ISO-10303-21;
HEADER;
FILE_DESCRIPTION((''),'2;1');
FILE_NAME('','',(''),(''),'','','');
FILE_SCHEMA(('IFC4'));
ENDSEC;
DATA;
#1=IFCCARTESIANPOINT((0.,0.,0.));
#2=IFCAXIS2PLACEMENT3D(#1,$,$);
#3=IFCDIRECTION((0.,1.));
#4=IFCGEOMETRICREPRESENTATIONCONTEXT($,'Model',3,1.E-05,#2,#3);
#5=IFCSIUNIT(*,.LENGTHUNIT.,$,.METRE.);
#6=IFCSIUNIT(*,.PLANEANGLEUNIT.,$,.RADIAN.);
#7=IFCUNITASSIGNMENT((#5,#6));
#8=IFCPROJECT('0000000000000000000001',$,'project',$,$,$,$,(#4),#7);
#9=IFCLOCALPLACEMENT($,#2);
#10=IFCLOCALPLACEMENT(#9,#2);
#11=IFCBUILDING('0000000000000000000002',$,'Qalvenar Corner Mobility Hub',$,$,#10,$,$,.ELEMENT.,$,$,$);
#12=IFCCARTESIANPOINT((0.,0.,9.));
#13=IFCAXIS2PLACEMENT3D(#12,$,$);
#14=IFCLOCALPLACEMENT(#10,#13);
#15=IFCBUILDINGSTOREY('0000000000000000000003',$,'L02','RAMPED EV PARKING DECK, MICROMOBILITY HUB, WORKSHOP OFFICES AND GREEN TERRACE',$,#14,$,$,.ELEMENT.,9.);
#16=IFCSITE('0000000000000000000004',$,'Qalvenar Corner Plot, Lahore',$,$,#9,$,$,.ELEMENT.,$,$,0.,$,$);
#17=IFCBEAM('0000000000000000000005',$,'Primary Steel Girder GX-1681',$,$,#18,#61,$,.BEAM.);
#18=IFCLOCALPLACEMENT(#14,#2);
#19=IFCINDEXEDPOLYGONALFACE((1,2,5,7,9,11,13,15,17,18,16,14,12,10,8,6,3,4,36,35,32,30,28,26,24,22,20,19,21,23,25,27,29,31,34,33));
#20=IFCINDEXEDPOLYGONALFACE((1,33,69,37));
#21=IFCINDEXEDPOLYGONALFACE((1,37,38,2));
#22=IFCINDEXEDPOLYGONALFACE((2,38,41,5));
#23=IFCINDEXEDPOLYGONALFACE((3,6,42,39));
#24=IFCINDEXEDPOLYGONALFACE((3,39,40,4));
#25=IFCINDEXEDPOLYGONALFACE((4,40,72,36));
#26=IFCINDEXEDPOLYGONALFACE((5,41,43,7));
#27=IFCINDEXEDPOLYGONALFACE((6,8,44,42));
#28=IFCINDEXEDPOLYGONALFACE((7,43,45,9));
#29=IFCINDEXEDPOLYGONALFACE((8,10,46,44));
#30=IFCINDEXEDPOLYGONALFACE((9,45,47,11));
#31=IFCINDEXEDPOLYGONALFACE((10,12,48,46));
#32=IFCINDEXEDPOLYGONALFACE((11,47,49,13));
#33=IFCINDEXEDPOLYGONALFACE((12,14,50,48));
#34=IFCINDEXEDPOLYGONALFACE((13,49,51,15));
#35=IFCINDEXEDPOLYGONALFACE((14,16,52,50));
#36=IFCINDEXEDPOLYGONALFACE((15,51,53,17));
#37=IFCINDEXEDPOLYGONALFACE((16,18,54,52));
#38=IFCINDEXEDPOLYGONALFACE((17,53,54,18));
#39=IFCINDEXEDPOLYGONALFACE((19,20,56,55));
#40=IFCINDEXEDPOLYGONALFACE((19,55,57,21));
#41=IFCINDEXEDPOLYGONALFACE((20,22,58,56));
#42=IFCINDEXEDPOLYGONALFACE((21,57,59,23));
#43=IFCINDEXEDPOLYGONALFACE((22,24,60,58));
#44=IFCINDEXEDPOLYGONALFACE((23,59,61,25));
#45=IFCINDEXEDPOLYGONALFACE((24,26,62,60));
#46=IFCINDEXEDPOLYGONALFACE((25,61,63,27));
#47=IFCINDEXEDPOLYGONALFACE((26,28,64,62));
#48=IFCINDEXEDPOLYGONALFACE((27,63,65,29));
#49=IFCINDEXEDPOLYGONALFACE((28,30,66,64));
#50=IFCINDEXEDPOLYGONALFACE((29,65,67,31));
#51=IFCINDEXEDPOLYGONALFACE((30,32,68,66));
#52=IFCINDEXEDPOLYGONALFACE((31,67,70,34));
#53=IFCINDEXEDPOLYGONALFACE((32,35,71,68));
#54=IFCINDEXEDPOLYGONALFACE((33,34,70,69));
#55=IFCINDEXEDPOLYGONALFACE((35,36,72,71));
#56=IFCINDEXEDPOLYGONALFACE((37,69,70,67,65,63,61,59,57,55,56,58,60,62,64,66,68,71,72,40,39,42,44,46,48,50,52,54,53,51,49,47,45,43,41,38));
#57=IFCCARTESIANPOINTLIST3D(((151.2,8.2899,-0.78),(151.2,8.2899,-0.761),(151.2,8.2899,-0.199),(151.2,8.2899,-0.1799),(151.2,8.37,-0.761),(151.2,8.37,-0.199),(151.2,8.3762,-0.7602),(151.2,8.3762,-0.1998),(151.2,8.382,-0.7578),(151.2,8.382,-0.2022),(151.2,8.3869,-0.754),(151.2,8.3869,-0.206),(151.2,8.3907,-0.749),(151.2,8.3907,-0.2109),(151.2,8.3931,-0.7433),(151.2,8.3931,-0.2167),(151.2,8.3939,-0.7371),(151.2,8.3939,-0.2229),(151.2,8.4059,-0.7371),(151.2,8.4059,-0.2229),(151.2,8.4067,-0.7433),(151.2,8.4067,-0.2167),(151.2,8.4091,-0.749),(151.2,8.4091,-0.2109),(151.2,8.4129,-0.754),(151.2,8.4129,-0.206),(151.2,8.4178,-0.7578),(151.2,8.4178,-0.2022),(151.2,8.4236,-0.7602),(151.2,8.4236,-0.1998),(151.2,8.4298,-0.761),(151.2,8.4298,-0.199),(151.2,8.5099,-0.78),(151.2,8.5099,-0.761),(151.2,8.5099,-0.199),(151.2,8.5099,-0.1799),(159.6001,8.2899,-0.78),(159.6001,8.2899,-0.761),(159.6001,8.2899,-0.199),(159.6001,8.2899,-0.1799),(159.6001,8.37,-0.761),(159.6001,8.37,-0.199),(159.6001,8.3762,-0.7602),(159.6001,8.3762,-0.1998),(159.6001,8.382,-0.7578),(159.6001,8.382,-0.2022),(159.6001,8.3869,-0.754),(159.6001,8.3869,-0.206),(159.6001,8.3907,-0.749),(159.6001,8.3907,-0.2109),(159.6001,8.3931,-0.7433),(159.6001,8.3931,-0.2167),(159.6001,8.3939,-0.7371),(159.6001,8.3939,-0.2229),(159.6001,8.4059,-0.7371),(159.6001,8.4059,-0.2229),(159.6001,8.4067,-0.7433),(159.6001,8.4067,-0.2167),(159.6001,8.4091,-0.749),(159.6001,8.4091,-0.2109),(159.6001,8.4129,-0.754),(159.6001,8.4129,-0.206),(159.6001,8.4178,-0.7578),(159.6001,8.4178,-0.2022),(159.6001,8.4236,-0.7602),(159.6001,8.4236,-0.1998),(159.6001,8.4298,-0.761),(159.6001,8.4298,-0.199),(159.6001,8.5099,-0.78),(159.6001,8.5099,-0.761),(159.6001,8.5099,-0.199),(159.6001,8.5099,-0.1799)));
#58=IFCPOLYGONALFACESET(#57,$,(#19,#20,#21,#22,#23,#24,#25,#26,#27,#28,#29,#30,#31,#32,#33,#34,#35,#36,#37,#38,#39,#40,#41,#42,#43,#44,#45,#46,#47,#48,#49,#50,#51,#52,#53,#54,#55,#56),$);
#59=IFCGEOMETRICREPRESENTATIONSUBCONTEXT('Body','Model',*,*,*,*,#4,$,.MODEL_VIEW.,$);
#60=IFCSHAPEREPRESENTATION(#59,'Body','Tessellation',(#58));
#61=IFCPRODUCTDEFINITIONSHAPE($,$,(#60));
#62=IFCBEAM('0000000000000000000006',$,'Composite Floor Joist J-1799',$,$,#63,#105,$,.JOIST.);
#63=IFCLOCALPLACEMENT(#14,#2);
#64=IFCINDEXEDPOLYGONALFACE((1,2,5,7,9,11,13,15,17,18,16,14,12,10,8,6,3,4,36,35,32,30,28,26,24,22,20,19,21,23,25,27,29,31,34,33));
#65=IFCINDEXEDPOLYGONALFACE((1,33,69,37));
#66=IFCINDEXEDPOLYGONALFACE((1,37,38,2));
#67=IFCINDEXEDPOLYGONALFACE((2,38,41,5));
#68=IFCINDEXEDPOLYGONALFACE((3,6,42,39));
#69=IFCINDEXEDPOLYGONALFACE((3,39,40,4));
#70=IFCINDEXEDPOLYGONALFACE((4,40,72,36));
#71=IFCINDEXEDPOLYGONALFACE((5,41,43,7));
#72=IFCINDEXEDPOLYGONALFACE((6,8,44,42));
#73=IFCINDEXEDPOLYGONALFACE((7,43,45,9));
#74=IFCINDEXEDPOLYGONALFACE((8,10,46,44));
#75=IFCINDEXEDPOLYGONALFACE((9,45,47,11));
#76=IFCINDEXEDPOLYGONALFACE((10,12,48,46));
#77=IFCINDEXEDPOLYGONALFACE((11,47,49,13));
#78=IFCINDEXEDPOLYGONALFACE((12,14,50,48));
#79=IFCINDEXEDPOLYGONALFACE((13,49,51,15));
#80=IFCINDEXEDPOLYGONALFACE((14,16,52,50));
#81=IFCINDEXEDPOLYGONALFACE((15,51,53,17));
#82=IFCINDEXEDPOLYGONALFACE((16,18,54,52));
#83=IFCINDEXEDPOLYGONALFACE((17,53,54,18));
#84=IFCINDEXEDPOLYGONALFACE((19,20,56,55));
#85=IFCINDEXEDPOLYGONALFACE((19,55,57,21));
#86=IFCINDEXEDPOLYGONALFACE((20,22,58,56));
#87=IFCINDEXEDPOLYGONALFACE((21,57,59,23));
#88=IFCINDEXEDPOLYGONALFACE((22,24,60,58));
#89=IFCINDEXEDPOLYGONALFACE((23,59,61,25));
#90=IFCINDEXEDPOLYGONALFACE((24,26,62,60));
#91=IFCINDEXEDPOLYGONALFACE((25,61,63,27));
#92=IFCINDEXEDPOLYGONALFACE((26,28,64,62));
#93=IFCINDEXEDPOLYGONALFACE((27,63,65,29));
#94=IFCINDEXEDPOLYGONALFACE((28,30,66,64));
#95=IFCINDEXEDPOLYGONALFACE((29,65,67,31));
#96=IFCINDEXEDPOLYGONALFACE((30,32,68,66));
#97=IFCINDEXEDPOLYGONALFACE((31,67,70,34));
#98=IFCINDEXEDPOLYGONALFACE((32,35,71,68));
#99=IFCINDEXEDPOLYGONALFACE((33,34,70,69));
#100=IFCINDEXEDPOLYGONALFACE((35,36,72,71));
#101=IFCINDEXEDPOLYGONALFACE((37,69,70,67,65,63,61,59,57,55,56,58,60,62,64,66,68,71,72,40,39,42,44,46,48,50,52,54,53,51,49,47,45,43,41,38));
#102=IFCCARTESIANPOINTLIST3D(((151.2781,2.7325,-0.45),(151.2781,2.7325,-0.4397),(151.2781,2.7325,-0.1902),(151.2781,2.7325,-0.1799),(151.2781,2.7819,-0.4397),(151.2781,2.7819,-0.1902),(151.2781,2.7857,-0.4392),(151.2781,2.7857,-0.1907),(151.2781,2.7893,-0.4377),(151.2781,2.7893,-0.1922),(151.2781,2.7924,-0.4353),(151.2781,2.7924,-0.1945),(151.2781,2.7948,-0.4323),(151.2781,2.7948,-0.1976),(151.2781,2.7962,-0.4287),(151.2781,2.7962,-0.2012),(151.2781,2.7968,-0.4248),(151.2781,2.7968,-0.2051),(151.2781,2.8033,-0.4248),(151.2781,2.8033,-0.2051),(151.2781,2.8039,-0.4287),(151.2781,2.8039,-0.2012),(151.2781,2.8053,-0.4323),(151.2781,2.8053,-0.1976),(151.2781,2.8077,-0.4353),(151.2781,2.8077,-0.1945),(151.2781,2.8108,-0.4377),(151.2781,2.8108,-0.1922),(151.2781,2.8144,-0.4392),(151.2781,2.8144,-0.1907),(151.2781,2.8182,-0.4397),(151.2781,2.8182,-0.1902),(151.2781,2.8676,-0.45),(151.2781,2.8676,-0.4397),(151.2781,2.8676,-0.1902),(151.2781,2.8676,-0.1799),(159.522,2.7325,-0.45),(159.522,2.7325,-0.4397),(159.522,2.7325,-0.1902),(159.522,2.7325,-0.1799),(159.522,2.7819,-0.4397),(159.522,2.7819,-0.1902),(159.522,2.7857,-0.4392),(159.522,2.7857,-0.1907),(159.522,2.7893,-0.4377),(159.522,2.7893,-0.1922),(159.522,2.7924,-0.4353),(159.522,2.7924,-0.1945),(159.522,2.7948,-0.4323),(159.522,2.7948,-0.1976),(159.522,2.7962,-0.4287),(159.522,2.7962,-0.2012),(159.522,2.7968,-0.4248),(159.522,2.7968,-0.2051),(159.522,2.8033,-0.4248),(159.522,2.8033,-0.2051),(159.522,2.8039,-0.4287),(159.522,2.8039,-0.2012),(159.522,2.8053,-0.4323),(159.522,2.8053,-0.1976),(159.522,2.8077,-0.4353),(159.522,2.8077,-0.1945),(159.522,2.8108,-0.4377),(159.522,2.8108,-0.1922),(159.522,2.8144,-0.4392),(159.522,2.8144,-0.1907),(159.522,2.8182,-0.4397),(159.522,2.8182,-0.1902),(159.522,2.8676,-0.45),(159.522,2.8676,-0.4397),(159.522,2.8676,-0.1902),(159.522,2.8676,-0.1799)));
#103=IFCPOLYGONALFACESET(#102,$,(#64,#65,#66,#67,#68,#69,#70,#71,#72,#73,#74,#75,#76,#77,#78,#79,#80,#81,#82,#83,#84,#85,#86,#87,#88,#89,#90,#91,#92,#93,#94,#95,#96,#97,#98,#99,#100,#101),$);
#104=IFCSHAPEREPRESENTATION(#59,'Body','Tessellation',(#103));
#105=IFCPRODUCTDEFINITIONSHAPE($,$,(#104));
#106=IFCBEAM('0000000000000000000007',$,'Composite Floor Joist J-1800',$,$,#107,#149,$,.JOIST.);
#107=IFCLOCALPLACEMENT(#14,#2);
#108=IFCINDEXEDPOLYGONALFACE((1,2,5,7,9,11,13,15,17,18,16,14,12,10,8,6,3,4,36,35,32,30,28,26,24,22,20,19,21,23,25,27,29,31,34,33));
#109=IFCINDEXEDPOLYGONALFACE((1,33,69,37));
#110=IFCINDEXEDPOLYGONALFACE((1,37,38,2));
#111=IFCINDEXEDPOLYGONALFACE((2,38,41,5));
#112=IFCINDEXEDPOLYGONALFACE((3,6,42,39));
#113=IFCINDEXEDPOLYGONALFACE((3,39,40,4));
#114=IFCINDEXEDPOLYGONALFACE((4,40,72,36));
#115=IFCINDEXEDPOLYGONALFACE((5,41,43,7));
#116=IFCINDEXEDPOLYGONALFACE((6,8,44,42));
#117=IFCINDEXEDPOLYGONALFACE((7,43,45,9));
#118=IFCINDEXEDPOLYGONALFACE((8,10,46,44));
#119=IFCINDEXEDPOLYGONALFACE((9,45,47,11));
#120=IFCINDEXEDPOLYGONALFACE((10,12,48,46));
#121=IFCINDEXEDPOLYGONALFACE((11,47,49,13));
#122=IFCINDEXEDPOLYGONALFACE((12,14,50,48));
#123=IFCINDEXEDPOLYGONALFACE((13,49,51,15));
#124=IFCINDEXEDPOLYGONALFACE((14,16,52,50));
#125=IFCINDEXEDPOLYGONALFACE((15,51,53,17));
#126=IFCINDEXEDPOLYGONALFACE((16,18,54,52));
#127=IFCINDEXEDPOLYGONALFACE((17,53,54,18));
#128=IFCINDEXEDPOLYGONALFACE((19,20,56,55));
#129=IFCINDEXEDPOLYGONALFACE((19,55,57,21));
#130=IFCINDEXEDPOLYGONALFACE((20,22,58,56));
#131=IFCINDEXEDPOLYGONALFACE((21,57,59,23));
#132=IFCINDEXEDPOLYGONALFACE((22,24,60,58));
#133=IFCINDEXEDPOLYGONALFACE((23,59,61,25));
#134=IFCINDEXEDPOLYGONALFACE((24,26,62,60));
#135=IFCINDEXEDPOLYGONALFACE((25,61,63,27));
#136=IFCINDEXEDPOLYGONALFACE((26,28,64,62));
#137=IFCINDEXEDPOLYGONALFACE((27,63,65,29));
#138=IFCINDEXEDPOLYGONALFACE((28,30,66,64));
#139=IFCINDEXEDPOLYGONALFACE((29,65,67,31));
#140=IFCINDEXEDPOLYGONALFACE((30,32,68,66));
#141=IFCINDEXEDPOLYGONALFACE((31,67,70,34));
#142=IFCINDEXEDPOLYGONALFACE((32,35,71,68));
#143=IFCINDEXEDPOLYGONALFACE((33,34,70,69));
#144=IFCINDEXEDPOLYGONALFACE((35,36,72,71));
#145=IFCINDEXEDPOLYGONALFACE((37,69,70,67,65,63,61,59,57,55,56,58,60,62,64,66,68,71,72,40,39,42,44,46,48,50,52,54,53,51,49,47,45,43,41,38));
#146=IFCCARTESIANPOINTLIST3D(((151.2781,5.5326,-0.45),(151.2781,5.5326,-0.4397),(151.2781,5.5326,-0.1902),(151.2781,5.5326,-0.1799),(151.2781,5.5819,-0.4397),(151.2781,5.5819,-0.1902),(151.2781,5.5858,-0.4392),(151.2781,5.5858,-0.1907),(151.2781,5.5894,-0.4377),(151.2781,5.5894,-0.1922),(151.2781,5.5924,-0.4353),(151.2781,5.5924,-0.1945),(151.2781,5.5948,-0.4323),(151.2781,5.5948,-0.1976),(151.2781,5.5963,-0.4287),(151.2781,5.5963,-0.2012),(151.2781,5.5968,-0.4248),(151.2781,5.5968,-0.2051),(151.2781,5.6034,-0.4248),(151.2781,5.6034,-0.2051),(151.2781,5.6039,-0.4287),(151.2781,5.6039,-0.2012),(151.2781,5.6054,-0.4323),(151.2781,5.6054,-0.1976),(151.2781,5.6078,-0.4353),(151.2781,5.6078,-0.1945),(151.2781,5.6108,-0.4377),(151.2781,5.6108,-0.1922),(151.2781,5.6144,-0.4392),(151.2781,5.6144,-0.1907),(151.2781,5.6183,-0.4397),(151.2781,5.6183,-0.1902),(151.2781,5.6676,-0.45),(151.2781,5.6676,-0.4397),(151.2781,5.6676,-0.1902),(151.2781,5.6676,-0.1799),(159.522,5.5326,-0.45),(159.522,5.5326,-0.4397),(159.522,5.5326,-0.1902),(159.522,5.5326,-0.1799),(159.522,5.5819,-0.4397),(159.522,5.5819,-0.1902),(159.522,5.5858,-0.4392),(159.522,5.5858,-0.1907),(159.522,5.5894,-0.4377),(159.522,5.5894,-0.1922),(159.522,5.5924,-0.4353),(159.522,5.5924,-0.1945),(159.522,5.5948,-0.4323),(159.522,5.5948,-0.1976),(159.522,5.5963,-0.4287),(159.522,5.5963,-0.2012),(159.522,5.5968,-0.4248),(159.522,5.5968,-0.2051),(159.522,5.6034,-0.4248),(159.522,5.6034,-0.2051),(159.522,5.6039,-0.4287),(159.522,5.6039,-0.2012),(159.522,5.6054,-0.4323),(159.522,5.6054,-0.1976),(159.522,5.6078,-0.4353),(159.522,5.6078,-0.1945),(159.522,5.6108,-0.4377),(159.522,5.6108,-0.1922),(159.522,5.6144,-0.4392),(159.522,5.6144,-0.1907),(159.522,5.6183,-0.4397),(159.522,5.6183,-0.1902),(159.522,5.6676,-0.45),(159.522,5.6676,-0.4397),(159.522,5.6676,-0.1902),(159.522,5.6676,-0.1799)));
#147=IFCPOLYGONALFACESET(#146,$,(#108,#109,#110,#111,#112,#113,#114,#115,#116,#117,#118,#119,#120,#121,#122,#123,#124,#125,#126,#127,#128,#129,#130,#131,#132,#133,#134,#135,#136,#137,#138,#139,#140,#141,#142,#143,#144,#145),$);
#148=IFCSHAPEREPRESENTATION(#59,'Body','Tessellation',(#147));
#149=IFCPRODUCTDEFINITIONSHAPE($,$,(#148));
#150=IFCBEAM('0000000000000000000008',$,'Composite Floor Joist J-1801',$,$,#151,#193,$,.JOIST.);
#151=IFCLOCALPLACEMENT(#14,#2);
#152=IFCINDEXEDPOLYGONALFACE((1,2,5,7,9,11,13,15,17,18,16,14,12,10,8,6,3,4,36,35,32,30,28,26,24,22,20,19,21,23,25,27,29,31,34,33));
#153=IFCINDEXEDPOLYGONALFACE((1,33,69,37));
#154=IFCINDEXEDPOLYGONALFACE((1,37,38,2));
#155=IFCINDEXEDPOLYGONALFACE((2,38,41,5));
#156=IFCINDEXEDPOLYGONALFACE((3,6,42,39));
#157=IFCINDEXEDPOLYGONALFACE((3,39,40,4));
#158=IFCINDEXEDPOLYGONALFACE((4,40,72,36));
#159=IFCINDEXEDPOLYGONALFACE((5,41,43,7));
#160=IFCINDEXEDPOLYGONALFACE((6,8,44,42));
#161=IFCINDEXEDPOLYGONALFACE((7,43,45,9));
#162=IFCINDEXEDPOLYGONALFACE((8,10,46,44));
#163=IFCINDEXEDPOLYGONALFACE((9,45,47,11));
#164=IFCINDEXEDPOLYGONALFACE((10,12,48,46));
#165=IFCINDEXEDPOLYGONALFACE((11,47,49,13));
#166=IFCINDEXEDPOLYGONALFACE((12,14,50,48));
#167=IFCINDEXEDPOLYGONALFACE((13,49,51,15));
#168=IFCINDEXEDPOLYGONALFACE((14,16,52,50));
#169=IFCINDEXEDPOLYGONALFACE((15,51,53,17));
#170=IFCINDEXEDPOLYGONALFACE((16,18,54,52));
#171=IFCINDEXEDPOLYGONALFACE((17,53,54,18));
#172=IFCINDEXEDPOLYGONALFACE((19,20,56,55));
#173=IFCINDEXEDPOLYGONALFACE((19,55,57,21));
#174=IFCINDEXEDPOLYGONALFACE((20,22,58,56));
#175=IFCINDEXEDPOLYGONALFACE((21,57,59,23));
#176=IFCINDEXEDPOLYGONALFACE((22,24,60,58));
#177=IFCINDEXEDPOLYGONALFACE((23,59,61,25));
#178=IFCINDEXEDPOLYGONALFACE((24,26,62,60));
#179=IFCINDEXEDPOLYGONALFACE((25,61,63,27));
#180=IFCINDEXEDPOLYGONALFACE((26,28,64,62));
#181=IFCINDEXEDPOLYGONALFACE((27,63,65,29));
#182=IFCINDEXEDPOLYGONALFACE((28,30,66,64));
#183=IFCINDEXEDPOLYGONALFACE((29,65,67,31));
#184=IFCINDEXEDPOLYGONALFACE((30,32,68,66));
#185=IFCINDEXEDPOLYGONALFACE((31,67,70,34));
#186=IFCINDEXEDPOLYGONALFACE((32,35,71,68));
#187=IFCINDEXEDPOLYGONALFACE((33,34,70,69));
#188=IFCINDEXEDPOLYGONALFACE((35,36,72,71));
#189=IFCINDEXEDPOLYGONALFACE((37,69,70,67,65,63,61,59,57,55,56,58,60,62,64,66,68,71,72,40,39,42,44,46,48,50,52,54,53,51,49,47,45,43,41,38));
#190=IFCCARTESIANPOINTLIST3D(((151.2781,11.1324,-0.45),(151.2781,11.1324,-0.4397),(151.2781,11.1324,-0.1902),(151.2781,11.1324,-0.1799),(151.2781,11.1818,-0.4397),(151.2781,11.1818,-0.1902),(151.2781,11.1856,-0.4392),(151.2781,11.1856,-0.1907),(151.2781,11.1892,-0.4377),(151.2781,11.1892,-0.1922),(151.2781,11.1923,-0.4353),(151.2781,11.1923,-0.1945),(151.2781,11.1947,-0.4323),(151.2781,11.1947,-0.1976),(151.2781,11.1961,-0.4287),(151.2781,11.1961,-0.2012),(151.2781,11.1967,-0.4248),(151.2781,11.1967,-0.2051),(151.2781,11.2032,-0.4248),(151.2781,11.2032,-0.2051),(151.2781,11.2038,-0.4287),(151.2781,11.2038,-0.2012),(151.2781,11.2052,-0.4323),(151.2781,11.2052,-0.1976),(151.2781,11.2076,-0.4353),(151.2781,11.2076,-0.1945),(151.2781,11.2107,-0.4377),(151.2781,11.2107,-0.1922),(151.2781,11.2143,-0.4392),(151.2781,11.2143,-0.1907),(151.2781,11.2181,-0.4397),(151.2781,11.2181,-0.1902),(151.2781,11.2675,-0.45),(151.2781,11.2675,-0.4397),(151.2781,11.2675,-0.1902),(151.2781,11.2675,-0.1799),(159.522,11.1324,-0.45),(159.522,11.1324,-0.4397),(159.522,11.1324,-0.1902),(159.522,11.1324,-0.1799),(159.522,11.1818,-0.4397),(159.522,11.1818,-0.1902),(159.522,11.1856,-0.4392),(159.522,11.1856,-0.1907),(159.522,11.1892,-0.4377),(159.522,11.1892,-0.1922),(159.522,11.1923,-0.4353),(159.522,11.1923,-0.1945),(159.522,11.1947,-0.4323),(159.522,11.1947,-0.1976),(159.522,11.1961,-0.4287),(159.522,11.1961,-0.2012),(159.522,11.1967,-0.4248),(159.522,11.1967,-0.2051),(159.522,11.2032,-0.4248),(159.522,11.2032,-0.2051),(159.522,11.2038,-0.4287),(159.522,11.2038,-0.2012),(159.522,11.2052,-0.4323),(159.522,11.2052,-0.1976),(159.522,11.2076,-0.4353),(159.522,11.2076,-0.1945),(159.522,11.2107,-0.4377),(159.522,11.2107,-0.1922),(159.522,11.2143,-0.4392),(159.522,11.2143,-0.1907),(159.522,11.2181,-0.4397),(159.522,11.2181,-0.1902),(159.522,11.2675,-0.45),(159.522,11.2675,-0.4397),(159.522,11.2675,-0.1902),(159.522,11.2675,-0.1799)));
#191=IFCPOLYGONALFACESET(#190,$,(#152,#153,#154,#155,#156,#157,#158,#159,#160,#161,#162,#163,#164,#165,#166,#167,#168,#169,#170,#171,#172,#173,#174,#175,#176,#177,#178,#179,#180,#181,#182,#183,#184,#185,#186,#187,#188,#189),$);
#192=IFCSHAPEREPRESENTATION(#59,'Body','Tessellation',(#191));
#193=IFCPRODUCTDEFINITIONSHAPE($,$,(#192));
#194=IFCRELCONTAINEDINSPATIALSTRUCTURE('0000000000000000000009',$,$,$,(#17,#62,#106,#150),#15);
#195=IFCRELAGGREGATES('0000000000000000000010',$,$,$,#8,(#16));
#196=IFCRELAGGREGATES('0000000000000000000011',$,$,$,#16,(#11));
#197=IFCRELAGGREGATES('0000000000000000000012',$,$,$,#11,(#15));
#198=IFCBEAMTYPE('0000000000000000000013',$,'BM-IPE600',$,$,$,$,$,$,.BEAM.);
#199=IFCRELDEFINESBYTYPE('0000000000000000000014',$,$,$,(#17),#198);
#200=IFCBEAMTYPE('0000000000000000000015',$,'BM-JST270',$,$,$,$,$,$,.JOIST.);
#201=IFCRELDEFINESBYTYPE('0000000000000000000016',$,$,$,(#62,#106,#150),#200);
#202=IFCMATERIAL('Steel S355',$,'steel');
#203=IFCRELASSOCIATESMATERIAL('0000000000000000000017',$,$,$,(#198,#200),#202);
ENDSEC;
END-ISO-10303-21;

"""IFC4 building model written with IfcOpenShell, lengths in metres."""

from ifc_helpers import new_model, si_unit, direction, frame, origin, origin_2d, place, context, subcontext, project, spatial, i_section, extrude, material, material_profile, profile_set, type_object, element, save


model = new_model("IFC4")

# Units and contexts
model_context = context("Model", 3, precision=1e-05, world=origin(), true_north=direction((0.0, 1.0)))
body_context = subcontext(model_context, "Body", "Model", "MODEL_VIEW")
ifc_project = project(units=[si_unit("LENGTHUNIT", "METRE"), si_unit("PLANEANGLEUNIT", "RADIAN")], contexts=[model_context])

# Site, building, storey
site_placement = place(None, origin())
site = spatial("IfcSite", under=ifc_project, at=site_placement, Name="Qalvenar Corner Plot, Lahore", CompositionType="ELEMENT", RefElevation=0.0)
building_placement = place(site_placement, origin())
building = spatial("IfcBuilding", under=site, at=building_placement, Name="Qalvenar Corner Mobility Hub", CompositionType="ELEMENT")
storey_placement = place(building_placement, frame((0.0, 0.0, 9.0)))
storey = spatial("IfcBuildingStorey", under=building, at=storey_placement, Name="L02", Description="RAMPED EV PARKING DECK, MICROMOBILITY HUB, WORKSHOP OFFICES AND GREEN TERRACE", CompositionType="ELEMENT", Elevation=9.0)

# Shared definitions
ifc_material_1 = material(Name="Steel S355", Category="steel")

# Beams
ifc_material_profile_1 = material_profile(ifc_material_1, i_section(OverallWidth=0.22, OverallDepth=0.6001, WebThickness=0.012, FlangeThickness=0.019, FilletRadius=0.0239, at=origin_2d()), Name="IPE600")
ifc_profile_set_1 = profile_set([ifc_material_profile_1], Name="Steel S355")
beam_type_1 = type_object("IfcBeamType", Name="BM-IPE600", PredefinedType="BEAM", material=ifc_profile_set_1)
beam_1_placement = place(storey_placement, frame((151.2, 8.3999, -0.48), z_axis=(1.0, 0.0, 0.0), x_axis=(0.0, 1.0, 0.0)))
element("IfcBeam", 1, at=beam_1_placement, inside=storey, type_object=beam_type_1, Name="Primary Steel Girder GX-1681", PredefinedType="BEAM", context=body_context, shape_type="SweptSolid", body=[
    extrude(i_section(OverallWidth=0.22, OverallDepth=0.6001, WebThickness=0.012, FlangeThickness=0.019, FilletRadius=0.0239, at=origin_2d()), origin(), (0.0, 0.0, 1.0), 8.4001),
])
ifc_material_profile_2 = material_profile(ifc_material_1, i_section(OverallWidth=0.135, OverallDepth=0.27, WebThickness=0.0066, FlangeThickness=0.0103, FilletRadius=0.0149, at=origin_2d()), Name="IPE270")
ifc_profile_set_2 = profile_set([ifc_material_profile_2], Name="Steel S355")
beam_type_2 = type_object("IfcBeamType", Name="BM-JST270", PredefinedType="JOIST", material=ifc_profile_set_2)
for number, where, z_axis, x_axis, name in (
    (2, (151.2781, 2.8, -0.3149), (1.0, 0.0, 0.0), (0.0, 1.0, 0.0), "Composite Floor Joist J-1799"),
    (3, (151.2781, 5.6001, -0.3149), (1.0, 0.0, 0.0), (0.0, 1.0, 0.0), "Composite Floor Joist J-1800"),
    (4, (151.2781, 11.2, -0.3149), (1.0, 0.0, 0.0), (0.0, 1.0, 0.0), "Composite Floor Joist J-1801"),
):
    element("IfcBeam", number, at=place(storey_placement, frame(where, z_axis=z_axis, x_axis=x_axis)), inside=storey, type_object=beam_type_2, Name=name, PredefinedType="JOIST", context=body_context, shape_type="SweptSolid", body=[
        extrude(i_section(OverallWidth=0.135, OverallDepth=0.27, WebThickness=0.0066, FlangeThickness=0.0103, FilletRadius=0.0149, at=origin_2d()), origin(), (0.0, 0.0, 1.0), 8.2439),
    ])

save(model, "model.ifc")
